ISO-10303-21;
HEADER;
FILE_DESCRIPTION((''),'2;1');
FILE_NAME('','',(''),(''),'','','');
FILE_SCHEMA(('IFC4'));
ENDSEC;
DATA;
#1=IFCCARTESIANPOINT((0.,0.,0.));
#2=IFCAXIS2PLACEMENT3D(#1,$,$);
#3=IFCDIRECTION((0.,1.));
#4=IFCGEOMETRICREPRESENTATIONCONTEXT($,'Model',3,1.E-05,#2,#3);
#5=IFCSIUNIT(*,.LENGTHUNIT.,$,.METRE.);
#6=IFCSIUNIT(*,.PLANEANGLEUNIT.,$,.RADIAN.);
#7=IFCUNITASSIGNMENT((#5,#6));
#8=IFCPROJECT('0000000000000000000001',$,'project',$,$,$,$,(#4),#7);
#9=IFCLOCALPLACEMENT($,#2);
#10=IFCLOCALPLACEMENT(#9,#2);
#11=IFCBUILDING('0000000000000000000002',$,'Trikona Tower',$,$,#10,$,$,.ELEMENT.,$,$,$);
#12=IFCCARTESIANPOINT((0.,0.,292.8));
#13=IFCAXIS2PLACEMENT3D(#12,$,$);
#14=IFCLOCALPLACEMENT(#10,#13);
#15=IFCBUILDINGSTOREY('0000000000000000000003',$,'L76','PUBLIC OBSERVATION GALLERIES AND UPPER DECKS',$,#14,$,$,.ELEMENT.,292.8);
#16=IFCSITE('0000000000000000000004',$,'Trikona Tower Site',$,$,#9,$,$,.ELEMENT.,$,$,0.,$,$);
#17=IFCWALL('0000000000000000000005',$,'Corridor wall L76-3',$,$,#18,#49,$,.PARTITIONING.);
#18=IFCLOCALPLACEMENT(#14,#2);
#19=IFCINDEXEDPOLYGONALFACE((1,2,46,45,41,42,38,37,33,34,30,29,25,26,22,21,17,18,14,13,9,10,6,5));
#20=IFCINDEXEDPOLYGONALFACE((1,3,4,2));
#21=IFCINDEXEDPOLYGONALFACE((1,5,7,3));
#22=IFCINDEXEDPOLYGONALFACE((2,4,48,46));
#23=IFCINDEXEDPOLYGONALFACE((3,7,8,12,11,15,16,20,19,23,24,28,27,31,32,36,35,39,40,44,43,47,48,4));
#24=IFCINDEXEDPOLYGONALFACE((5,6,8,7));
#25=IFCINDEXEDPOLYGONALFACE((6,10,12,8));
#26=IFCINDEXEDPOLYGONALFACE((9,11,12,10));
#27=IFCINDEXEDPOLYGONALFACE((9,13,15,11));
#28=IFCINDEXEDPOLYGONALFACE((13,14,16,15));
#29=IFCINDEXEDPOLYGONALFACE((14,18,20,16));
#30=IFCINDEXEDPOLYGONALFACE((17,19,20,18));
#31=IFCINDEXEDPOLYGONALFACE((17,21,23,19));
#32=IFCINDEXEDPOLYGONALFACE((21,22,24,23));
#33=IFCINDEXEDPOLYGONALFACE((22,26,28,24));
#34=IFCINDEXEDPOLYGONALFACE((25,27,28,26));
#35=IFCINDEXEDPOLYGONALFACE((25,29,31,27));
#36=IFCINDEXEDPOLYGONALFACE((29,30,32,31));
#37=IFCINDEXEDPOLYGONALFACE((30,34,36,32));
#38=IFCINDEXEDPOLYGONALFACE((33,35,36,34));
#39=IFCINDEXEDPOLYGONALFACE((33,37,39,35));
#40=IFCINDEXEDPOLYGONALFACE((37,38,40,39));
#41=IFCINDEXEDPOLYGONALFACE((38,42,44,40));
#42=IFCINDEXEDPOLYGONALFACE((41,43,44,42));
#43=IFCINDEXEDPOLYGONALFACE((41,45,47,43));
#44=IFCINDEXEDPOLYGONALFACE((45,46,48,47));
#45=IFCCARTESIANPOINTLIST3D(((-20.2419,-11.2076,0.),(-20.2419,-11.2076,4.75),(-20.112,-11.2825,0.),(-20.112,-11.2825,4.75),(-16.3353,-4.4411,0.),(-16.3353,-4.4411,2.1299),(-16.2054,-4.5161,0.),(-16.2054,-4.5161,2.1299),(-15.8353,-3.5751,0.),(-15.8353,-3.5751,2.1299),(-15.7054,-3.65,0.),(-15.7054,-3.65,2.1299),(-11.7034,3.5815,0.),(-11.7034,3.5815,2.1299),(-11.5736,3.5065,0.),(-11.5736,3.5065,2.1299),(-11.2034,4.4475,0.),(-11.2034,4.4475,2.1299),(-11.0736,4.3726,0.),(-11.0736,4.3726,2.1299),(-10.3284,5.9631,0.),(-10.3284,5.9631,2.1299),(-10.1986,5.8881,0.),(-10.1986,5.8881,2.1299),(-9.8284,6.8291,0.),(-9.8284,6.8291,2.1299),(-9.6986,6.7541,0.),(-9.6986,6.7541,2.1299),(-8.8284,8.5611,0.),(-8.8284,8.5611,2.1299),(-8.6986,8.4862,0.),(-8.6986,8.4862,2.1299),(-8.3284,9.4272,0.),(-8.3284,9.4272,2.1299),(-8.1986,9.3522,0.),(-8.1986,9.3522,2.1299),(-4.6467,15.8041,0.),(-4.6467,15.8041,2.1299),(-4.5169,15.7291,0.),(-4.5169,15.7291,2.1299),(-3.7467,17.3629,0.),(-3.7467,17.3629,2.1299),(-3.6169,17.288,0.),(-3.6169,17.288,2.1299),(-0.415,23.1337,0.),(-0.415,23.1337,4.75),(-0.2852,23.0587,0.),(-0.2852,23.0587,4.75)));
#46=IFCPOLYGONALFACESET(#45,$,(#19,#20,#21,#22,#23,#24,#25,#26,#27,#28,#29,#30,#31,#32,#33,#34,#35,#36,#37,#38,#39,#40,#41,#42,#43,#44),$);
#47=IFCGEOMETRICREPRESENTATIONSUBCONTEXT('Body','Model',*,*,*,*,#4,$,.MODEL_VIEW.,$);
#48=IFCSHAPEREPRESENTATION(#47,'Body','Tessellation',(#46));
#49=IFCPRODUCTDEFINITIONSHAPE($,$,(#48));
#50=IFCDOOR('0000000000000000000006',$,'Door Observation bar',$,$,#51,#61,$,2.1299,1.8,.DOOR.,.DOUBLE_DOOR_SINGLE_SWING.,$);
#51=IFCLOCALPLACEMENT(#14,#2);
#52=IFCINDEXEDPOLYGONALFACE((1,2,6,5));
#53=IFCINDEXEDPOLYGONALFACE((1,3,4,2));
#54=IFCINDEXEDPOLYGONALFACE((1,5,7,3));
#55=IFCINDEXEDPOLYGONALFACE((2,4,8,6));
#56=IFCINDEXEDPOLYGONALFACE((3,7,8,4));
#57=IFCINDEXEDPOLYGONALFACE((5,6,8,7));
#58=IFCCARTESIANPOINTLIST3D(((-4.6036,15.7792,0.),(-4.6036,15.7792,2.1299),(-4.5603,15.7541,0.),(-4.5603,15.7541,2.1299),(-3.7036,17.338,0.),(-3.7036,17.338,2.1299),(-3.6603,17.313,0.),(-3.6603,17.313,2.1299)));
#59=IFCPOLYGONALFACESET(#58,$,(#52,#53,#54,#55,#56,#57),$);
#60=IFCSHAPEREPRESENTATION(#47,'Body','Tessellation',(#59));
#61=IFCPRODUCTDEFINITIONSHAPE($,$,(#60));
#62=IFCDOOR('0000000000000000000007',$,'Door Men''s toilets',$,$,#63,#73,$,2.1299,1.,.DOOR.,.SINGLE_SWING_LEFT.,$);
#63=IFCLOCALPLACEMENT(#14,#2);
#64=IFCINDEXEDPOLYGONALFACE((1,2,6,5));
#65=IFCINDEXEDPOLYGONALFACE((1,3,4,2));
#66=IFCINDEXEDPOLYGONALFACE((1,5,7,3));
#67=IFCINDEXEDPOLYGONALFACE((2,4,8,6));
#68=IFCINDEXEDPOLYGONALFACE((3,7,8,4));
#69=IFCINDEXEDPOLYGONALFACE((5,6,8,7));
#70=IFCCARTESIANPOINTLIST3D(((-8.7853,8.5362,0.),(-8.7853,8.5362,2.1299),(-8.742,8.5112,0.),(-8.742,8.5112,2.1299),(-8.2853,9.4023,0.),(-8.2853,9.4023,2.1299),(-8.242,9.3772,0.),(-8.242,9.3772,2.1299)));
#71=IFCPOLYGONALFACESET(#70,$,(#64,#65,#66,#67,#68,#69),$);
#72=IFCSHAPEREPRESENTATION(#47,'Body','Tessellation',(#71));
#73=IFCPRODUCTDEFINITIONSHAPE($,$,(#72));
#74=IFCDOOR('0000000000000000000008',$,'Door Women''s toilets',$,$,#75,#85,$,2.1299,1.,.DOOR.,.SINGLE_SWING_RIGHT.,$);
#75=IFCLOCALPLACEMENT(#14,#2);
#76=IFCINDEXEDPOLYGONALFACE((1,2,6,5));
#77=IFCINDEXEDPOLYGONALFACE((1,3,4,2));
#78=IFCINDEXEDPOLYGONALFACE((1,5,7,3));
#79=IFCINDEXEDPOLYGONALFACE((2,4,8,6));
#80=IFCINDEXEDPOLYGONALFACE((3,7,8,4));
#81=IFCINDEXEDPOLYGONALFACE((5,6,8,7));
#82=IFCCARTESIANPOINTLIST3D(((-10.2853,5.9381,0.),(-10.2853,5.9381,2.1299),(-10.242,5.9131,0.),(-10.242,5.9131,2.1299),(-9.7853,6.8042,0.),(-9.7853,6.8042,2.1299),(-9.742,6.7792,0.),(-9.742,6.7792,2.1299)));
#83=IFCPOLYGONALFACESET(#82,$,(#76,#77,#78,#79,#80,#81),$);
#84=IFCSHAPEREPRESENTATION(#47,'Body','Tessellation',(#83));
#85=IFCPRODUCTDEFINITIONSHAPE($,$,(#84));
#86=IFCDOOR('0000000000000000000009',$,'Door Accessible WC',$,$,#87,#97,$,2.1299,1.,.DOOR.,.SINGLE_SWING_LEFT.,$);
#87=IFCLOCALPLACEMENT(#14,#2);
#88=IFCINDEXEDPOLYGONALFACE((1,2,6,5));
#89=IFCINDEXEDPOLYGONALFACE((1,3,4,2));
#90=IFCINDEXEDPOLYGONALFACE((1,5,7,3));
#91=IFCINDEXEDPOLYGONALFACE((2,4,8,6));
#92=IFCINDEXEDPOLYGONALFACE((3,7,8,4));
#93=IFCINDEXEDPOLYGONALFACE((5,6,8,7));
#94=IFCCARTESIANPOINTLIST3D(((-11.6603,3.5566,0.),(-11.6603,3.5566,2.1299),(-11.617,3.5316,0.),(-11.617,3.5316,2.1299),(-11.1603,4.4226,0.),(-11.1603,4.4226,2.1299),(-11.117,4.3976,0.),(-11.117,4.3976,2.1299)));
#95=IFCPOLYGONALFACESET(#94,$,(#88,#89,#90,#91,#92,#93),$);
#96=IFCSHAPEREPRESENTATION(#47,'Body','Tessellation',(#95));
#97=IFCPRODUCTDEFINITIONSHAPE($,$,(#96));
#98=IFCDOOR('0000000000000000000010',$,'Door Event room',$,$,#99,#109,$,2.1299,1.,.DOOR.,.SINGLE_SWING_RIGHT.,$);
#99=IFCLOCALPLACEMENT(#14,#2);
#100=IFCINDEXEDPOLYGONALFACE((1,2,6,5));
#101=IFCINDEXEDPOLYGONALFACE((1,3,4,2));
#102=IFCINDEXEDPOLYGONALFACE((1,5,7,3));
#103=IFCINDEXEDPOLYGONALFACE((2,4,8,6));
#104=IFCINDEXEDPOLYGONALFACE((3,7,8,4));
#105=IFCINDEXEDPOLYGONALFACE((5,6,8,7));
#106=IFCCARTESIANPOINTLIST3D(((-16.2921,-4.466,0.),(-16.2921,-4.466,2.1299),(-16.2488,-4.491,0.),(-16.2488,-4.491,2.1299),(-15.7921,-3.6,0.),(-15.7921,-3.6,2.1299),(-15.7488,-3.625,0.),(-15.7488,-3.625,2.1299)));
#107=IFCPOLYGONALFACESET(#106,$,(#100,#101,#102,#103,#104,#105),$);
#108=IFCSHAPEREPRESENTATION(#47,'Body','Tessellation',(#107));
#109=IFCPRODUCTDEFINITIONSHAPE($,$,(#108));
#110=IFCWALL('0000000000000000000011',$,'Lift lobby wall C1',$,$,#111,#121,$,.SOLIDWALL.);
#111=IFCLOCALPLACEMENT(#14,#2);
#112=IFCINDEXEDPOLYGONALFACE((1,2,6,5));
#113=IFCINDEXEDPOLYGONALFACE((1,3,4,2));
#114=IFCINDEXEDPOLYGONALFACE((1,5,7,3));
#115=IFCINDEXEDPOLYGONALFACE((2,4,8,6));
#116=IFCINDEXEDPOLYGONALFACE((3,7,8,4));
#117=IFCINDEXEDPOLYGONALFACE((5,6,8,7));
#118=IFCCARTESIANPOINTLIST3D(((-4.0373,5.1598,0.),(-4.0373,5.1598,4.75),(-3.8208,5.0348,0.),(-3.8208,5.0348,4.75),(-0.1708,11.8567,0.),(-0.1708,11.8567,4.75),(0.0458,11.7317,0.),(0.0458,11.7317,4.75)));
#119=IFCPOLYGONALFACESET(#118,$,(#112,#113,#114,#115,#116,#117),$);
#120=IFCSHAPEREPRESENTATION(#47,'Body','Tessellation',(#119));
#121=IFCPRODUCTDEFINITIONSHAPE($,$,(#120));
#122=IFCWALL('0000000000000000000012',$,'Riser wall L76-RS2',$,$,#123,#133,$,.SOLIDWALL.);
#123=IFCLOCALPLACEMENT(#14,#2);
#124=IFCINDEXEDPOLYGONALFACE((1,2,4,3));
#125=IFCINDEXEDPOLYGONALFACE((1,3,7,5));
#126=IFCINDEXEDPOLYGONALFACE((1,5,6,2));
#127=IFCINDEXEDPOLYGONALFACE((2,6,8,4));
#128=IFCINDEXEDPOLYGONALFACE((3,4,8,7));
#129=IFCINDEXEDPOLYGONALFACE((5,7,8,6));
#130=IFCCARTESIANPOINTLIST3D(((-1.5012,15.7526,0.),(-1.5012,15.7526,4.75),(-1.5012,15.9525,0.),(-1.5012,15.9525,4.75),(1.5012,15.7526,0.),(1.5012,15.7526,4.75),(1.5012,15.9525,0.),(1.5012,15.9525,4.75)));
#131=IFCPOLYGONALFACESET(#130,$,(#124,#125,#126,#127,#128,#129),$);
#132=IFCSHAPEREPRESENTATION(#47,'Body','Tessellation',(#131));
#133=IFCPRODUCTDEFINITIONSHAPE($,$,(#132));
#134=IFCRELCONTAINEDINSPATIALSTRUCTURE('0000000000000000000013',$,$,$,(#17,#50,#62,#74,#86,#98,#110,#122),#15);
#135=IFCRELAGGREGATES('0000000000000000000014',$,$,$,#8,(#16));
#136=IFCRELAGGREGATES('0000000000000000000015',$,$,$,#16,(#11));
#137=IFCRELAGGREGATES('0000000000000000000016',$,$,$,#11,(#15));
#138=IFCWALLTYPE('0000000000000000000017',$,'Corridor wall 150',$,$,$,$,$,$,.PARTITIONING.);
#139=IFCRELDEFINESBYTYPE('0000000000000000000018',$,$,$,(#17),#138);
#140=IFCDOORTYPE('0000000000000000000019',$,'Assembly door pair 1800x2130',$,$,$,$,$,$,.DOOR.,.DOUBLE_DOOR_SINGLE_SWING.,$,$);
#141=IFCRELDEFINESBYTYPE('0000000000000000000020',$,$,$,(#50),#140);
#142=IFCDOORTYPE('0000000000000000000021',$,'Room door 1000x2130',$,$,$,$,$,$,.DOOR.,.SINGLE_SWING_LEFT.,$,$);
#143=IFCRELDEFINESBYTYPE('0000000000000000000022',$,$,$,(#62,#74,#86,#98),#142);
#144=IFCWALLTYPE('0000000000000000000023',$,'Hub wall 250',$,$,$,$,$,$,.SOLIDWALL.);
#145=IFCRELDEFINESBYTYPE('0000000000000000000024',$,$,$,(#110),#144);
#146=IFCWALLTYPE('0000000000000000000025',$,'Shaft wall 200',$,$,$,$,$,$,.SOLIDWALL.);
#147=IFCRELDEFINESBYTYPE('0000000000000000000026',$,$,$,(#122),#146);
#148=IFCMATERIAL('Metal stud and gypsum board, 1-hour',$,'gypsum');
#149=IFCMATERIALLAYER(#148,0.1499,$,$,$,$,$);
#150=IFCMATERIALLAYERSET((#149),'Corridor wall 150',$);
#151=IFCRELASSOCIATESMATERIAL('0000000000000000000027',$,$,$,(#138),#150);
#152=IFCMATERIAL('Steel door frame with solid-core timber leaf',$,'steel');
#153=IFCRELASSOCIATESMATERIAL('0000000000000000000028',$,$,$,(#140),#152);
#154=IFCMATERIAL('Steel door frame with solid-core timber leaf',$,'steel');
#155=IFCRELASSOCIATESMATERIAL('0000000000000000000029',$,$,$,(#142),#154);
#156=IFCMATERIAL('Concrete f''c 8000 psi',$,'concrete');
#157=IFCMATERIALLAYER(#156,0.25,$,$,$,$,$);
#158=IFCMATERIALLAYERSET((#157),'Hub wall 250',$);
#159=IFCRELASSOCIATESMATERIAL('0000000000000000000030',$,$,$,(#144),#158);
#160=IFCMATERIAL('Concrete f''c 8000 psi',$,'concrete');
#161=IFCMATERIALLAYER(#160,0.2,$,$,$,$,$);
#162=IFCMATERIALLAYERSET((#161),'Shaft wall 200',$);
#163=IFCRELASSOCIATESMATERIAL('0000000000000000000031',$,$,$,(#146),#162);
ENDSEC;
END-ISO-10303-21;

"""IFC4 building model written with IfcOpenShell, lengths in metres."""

from ifc_helpers import new_model, si_unit, direction, frame, frame_2d, origin, place, context, subcontext, project, spatial, rectangle, extrude, material, layer, layer_set, type_object, element, fill, save


model = new_model("IFC4")

# Units and contexts
model_context = context("Model", 3, precision=1e-05, world=origin(), true_north=direction((0.0, 1.0)))
body_context = subcontext(model_context, "Body", "Model", "MODEL_VIEW")
ifc_project = project(units=[si_unit("LENGTHUNIT", "METRE"), si_unit("PLANEANGLEUNIT", "RADIAN")], contexts=[model_context])

# Site, building, storey
site_placement = place(None, origin())
site = spatial("IfcSite", under=ifc_project, at=site_placement, Name="Trikona Tower Site", CompositionType="ELEMENT", RefElevation=0.0)
building_placement = place(site_placement, origin())
building = spatial("IfcBuilding", under=site, at=building_placement, Name="Trikona Tower", CompositionType="ELEMENT")
storey_placement = place(building_placement, frame((0.0, 0.0, 292.8)))
storey = spatial("IfcBuildingStorey", under=building, at=storey_placement, Name="L76", Description="PUBLIC OBSERVATION GALLERIES AND UPPER DECKS", CompositionType="ELEMENT", Elevation=292.8)

# Wall, openings, doors
ifc_material_1 = material(Name="Metal stud and gypsum board, 1-hour", Category="gypsum")
ifc_layer_1 = layer(ifc_material_1, 0.1499)
ifc_layer_set_1 = layer_set([ifc_layer_1], Name="Corridor wall 150")
wall_type_1 = type_object("IfcWallType", Name="Corridor wall 150", PredefinedType="PARTITIONING", material=ifc_layer_set_1)
wall_1_placement = place(storey_placement, frame((-0.3501, 23.0962, 0.0), z_axis=(0.0, 0.0, 1.0), x_axis=(-0.499999, -0.866026, 0.0)))
wall_1 = element("IfcWall", 1, at=wall_1_placement, inside=storey, type_object=wall_type_1, Name="Corridor wall L76-3", PredefinedType="PARTITIONING", context=body_context, shape_type="SweptSolid", body=[
    extrude(rectangle(XDim=39.6538, YDim=0.1499, at=frame_2d((19.8269, 0.0))), origin(), (0.0, 0.0, 1.0), 4.75),
])
opening_1_placement = place(wall_1_placement, frame((6.6636, 0.0, 0.0)))
opening_1 = element("IfcOpeningElement", 2, at=opening_1_placement, cuts=wall_1, PredefinedType="OPENING", context=body_context, shape_type="SweptSolid", body=[
    extrude(rectangle(XDim=1.8, YDim=2.1299, at=frame_2d((0.8999, 1.0649))), frame((0.0, 0.085, 0.0), z_axis=(0.0, -1.0, 0.0), x_axis=(1.0, 0.0, 0.0)), (0.0, 0.0, 1.0), 0.1699),
])
opening_2_placement = place(wall_1_placement, frame((15.8269, 0.0, 0.0)))
opening_2 = element("IfcOpeningElement", 3, at=opening_2_placement, cuts=wall_1, PredefinedType="OPENING", context=body_context, shape_type="SweptSolid", body=[
    extrude(rectangle(XDim=1.0, YDim=2.1299, at=frame_2d((0.5, 1.0649))), frame((0.0, 0.085, 0.0), z_axis=(0.0, -1.0, 0.0), x_axis=(1.0, 0.0, 0.0)), (0.0, 0.0, 1.0), 0.1699),
])
opening_3_placement = place(wall_1_placement, frame((18.8269, 0.0, 0.0)))
opening_3 = element("IfcOpeningElement", 4, at=opening_3_placement, cuts=wall_1, PredefinedType="OPENING", context=body_context, shape_type="SweptSolid", body=[
    extrude(rectangle(XDim=1.0, YDim=2.1299, at=frame_2d((0.5, 1.0649))), frame((0.0, 0.085, 0.0), z_axis=(0.0, -1.0, 0.0), x_axis=(1.0, 0.0, 0.0)), (0.0, 0.0, 1.0), 0.1699),
])
opening_4_placement = place(wall_1_placement, frame((21.5769, 0.0, 0.0)))
opening_4 = element("IfcOpeningElement", 5, at=opening_4_placement, cuts=wall_1, PredefinedType="OPENING", context=body_context, shape_type="SweptSolid", body=[
    extrude(rectangle(XDim=1.0, YDim=2.1299, at=frame_2d((0.5, 1.0649))), frame((0.0, 0.085, 0.0), z_axis=(0.0, -1.0, 0.0), x_axis=(1.0, 0.0, 0.0)), (0.0, 0.0, 1.0), 0.1699),
])
opening_5_placement = place(wall_1_placement, frame((30.8406, 0.0, 0.0)))
opening_5 = element("IfcOpeningElement", 6, at=opening_5_placement, cuts=wall_1, PredefinedType="OPENING", context=body_context, shape_type="SweptSolid", body=[
    extrude(rectangle(XDim=1.0, YDim=2.1299, at=frame_2d((0.5, 1.0649))), frame((0.0, 0.085, 0.0), z_axis=(0.0, -1.0, 0.0), x_axis=(1.0, 0.0, 0.0)), (0.0, 0.0, 1.0), 0.1699),
])
ifc_material_2 = material(Name="Steel door frame with solid-core timber leaf", Category="steel")
door_type_1 = type_object("IfcDoorType", Name="Assembly door pair 1800x2130", OperationType="DOUBLE_DOOR_SINGLE_SWING", PredefinedType="DOOR", material=ifc_material_2)
door_1_placement = place(opening_1_placement, origin())
door_1 = element("IfcDoor", 7, at=door_1_placement, inside=storey, type_object=door_type_1, Name="Door Observation bar", OperationType="DOUBLE_DOOR_SINGLE_SWING", OverallHeight=2.1299, OverallWidth=1.8, PredefinedType="DOOR", context=body_context, shape_type="SweptSolid", body=[
    extrude(rectangle(XDim=1.8, YDim=2.1299, at=frame_2d((0.8999, 1.0649))), frame((0.0, 0.0249, 0.0), z_axis=(0.0, -1.0, 0.0), x_axis=(1.0, 0.0, 0.0)), (0.0, 0.0, 1.0), 0.05),
])
fill(opening_1, door_1)
ifc_material_3 = material(Name="Steel door frame with solid-core timber leaf", Category="steel")
door_type_2 = type_object("IfcDoorType", Name="Room door 1000x2130", OperationType="SINGLE_SWING_LEFT", PredefinedType="DOOR", material=ifc_material_3)
door_2_placement = place(opening_2_placement, origin())
door_2 = element("IfcDoor", 8, at=door_2_placement, inside=storey, type_object=door_type_2, Name="Door Men's toilets", OperationType="SINGLE_SWING_LEFT", OverallHeight=2.1299, OverallWidth=1.0, PredefinedType="DOOR", context=body_context, shape_type="SweptSolid", body=[
    extrude(rectangle(XDim=1.0, YDim=2.1299, at=frame_2d((0.5, 1.0649))), frame((0.0, 0.0249, 0.0), z_axis=(0.0, -1.0, 0.0), x_axis=(1.0, 0.0, 0.0)), (0.0, 0.0, 1.0), 0.05),
])
fill(opening_2, door_2)
door_3_placement = place(opening_3_placement, origin())
door_3 = element("IfcDoor", 9, at=door_3_placement, inside=storey, type_object=door_type_2, Name="Door Women's toilets", OperationType="SINGLE_SWING_RIGHT", OverallHeight=2.1299, OverallWidth=1.0, PredefinedType="DOOR", context=body_context, shape_type="SweptSolid", body=[
    extrude(rectangle(XDim=1.0, YDim=2.1299, at=frame_2d((0.5, 1.0649))), frame((0.0, 0.0249, 0.0), z_axis=(0.0, -1.0, 0.0), x_axis=(1.0, 0.0, 0.0)), (0.0, 0.0, 1.0), 0.05),
])
fill(opening_3, door_3)
door_4_placement = place(opening_4_placement, origin())
door_4 = element("IfcDoor", 10, at=door_4_placement, inside=storey, type_object=door_type_2, Name="Door Accessible WC", OperationType="SINGLE_SWING_LEFT", OverallHeight=2.1299, OverallWidth=1.0, PredefinedType="DOOR", context=body_context, shape_type="SweptSolid", body=[
    extrude(rectangle(XDim=1.0, YDim=2.1299, at=frame_2d((0.5, 1.0649))), frame((0.0, 0.0249, 0.0), z_axis=(0.0, -1.0, 0.0), x_axis=(1.0, 0.0, 0.0)), (0.0, 0.0, 1.0), 0.05),
])
fill(opening_4, door_4)
door_5_placement = place(opening_5_placement, origin())
door_5 = element("IfcDoor", 11, at=door_5_placement, inside=storey, type_object=door_type_2, Name="Door Event room", OperationType="SINGLE_SWING_RIGHT", OverallHeight=2.1299, OverallWidth=1.0, PredefinedType="DOOR", context=body_context, shape_type="SweptSolid", body=[
    extrude(rectangle(XDim=1.0, YDim=2.1299, at=frame_2d((0.5, 1.0649))), frame((0.0, 0.0249, 0.0), z_axis=(0.0, -1.0, 0.0), x_axis=(1.0, 0.0, 0.0)), (0.0, 0.0, 1.0), 0.05),
])
fill(opening_5, door_5)

# Walls
ifc_material_4 = material(Name="Concrete f'c 8000 psi", Category="concrete")
ifc_layer_2 = layer(ifc_material_4, 0.25)
ifc_layer_set_2 = layer_set([ifc_layer_2], Name="Hub wall 250")
wall_type_2 = type_object("IfcWallType", Name="Hub wall 250", PredefinedType="SOLIDWALL", material=ifc_layer_set_2)
wall_2_placement = place(storey_placement, frame((-0.0625, 11.7942, 0.0), z_axis=(0.0, 0.0, 1.0), x_axis=(-0.500007, -0.866022, 0.0)))
element("IfcWall", 12, at=wall_2_placement, inside=storey, type_object=wall_type_2, Name="Lift lobby wall C1", PredefinedType="SOLIDWALL", context=body_context, shape_type="SweptSolid", body=[
    extrude(rectangle(XDim=7.7329, YDim=0.25, at=frame_2d((3.8665, 0.0))), origin(), (0.0, 0.0, 1.0), 4.75),
])
ifc_material_5 = material(Name="Concrete f'c 8000 psi", Category="concrete")
ifc_layer_3 = layer(ifc_material_5, 0.2)
ifc_layer_set_3 = layer_set([ifc_layer_3], Name="Shaft wall 200")
wall_type_3 = type_object("IfcWallType", Name="Shaft wall 200", PredefinedType="SOLIDWALL", material=ifc_layer_set_3)
wall_3_placement = place(storey_placement, frame((-1.5012, 15.8525, 0.0), z_axis=(0.0, 0.0, 1.0), x_axis=(1.0, 0.0, 0.0)))
element("IfcWall", 13, at=wall_3_placement, inside=storey, type_object=wall_type_3, Name="Riser wall L76-RS2", PredefinedType="SOLIDWALL", context=body_context, shape_type="SweptSolid", body=[
    extrude(rectangle(XDim=3.0024, YDim=0.2, at=frame_2d((1.5012, 0.0))), origin(), (0.0, 0.0, 1.0), 4.75),
])

save(model, "model.ifc")
